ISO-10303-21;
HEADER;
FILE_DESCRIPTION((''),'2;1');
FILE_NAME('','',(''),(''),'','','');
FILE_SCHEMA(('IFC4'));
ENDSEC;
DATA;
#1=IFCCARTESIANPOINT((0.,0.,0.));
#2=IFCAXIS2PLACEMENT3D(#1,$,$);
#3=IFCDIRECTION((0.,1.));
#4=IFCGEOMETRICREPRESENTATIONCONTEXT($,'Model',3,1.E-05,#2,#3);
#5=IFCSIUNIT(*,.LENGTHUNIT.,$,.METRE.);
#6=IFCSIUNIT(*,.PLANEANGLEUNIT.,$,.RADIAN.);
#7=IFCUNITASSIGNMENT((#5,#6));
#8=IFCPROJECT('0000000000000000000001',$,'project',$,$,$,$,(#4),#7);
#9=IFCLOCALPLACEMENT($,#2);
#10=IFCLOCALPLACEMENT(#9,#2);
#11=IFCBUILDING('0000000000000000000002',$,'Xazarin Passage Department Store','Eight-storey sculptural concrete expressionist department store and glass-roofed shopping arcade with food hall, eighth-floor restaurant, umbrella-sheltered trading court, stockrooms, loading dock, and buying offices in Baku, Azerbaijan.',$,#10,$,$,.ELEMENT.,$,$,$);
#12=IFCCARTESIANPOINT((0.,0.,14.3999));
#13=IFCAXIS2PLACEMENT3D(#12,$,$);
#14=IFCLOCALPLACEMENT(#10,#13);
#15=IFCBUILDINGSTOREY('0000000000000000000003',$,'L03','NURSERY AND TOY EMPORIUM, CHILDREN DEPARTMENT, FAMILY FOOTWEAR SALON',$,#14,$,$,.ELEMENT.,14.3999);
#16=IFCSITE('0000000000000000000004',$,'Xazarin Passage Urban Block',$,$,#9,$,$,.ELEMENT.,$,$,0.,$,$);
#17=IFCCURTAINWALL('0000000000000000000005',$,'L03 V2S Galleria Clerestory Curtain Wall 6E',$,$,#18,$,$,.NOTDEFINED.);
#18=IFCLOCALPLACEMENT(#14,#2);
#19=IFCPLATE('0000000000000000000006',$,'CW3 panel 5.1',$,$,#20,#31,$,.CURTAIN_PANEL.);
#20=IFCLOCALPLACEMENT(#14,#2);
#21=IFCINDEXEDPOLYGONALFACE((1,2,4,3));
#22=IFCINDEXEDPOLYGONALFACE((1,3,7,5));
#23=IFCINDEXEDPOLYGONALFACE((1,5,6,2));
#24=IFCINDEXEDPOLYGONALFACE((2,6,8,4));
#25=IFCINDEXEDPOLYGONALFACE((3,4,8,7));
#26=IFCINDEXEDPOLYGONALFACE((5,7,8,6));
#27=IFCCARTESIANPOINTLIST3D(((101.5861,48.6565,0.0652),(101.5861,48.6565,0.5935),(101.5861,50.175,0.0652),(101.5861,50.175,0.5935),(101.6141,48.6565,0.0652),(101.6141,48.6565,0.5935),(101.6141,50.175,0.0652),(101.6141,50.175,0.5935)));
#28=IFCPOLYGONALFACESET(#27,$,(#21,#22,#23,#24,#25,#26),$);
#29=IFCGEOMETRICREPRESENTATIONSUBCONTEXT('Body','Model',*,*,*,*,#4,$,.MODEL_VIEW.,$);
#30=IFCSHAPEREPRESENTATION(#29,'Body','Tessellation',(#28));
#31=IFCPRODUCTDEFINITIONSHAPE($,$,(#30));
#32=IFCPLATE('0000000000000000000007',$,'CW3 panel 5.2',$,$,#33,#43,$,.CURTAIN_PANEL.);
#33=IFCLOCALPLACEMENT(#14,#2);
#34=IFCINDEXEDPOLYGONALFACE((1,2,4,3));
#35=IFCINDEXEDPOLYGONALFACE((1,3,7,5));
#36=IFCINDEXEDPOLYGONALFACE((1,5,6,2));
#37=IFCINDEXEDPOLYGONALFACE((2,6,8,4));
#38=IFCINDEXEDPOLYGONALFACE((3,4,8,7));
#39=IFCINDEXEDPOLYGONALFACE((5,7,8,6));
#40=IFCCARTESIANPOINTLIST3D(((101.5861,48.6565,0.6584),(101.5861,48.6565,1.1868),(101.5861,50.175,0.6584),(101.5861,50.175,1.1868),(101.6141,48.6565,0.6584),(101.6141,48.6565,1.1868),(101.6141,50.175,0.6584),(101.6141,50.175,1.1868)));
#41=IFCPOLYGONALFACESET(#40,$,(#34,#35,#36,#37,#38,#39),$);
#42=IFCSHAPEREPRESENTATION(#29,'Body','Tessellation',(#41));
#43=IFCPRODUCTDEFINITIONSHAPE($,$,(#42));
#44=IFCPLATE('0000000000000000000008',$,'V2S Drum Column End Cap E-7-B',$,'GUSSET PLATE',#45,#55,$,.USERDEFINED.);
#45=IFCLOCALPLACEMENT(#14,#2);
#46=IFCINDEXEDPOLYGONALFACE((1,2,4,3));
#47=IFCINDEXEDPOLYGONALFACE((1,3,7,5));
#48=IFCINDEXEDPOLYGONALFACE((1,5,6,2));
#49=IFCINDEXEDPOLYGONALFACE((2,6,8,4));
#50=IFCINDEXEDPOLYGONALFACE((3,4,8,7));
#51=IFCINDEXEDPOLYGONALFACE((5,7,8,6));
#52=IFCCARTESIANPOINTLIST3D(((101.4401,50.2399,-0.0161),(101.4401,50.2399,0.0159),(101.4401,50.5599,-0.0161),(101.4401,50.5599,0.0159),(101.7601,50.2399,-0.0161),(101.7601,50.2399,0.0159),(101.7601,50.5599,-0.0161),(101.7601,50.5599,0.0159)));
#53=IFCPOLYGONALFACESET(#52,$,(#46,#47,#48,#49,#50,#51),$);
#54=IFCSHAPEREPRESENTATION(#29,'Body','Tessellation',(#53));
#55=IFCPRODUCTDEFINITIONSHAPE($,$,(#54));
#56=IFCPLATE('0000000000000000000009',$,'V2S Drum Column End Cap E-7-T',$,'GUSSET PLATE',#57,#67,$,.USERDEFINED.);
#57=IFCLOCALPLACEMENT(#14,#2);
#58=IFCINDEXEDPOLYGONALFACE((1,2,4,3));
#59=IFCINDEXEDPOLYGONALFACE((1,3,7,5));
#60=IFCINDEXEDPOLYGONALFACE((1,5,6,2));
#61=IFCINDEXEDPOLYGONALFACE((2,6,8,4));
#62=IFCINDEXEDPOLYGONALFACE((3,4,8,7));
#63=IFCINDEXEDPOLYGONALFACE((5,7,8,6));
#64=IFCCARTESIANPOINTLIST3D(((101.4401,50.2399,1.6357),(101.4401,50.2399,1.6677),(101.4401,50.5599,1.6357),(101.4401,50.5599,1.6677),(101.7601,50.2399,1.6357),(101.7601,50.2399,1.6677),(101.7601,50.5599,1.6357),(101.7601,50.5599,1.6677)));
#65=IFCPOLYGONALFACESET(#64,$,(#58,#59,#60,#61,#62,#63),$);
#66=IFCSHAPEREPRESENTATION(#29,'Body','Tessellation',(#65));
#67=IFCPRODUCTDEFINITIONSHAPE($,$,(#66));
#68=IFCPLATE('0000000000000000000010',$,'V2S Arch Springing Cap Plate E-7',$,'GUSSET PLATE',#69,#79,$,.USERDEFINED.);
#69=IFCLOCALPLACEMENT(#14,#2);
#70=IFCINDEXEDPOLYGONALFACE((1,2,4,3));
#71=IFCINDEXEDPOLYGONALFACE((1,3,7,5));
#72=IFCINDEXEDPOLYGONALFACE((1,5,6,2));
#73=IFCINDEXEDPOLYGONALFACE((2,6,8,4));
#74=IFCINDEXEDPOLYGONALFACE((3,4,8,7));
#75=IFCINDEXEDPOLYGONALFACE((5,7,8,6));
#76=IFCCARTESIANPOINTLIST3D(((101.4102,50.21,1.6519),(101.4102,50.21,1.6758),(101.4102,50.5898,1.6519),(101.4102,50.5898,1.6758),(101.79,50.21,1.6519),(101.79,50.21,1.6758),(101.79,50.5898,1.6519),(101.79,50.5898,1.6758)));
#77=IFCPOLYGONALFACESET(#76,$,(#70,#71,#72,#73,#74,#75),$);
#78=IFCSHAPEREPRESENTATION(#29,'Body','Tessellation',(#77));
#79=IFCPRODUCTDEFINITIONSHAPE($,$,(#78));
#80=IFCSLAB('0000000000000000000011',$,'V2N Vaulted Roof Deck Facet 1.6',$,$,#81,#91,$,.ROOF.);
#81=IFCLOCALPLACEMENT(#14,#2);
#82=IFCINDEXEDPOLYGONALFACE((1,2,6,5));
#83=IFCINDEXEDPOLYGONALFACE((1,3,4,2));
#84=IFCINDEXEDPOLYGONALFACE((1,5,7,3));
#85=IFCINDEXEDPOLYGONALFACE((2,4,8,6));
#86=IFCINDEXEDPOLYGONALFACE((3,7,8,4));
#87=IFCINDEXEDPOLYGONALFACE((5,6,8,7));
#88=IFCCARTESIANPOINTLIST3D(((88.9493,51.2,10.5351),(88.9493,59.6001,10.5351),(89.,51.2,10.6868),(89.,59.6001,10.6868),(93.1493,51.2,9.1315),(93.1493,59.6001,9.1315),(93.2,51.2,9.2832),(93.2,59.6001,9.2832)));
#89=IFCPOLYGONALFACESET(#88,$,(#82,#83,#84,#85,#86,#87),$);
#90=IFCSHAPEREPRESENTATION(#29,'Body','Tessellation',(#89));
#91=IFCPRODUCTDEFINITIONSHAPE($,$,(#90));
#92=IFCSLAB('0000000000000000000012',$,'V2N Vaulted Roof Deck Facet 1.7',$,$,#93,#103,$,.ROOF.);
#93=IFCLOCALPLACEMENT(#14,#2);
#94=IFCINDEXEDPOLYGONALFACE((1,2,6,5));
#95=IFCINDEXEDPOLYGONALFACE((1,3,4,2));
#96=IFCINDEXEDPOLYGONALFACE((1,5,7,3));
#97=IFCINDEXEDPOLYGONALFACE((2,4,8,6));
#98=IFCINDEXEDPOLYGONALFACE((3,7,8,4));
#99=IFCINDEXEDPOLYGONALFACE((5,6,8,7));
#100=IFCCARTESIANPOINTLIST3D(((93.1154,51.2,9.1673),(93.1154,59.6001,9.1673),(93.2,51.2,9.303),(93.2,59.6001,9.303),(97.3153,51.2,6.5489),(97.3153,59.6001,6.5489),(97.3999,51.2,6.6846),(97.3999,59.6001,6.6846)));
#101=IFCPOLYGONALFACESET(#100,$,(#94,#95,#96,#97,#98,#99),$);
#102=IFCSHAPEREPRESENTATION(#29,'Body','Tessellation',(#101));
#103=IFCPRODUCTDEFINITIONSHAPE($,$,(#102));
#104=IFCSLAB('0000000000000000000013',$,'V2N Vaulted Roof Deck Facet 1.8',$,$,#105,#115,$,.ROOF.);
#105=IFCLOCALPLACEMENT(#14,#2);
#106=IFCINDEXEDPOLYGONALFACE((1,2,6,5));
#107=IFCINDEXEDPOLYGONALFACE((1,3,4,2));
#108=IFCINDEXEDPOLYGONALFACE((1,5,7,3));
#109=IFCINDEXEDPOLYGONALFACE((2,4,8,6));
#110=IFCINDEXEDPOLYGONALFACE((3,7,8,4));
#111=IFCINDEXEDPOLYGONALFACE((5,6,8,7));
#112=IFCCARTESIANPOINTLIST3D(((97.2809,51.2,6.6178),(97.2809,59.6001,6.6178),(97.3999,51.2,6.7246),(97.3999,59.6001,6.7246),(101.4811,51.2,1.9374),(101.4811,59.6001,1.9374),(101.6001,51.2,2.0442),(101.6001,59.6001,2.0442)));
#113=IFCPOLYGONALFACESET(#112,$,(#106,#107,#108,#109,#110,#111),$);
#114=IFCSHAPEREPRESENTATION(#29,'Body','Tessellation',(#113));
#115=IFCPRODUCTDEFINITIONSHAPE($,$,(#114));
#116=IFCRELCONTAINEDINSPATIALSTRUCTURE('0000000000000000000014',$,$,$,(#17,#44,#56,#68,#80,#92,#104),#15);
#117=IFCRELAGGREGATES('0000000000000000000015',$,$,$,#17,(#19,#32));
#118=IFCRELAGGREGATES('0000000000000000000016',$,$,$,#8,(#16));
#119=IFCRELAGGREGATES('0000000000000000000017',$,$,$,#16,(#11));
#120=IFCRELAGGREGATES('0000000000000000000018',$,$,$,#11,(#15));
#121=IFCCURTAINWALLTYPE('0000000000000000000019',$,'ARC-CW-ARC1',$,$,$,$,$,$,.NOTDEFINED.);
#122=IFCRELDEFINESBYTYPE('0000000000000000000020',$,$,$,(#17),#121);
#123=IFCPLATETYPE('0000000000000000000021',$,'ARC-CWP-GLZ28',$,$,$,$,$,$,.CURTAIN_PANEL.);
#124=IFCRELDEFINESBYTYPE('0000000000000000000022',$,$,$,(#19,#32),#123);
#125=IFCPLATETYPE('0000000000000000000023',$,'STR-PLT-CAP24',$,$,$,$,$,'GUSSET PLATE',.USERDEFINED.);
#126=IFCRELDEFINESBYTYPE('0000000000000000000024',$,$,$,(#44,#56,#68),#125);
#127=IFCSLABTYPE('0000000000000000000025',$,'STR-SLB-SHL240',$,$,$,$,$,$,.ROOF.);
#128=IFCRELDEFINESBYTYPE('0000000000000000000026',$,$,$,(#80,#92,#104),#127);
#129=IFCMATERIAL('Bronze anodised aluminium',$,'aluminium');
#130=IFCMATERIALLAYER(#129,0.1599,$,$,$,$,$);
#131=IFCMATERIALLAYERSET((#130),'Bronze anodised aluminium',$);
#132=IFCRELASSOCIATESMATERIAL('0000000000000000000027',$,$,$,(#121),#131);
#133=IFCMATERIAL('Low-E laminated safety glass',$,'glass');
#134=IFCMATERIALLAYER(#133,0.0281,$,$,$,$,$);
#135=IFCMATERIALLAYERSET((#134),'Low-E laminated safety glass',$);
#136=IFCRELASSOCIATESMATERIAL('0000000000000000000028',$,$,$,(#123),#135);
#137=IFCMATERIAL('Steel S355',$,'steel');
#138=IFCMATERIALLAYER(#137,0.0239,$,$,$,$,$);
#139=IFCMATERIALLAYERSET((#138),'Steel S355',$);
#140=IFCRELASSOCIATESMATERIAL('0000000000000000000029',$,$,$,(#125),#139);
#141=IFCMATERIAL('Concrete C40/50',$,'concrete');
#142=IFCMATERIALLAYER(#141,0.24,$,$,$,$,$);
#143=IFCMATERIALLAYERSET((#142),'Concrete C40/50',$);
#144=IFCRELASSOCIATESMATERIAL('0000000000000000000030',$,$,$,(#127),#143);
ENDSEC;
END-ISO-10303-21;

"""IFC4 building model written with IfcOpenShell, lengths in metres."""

from ifc_helpers import new_model, si_unit, direction, frame, origin, origin_2d, place, context, subcontext, project, spatial, polyline, rectangle, outline, extrude, material, layer, layer_set, type_object, element, aggregate, save


model = new_model("IFC4")

# Units and contexts
model_context = context("Model", 3, precision=1e-05, world=origin(), true_north=direction((0.0, 1.0)))
body_context = subcontext(model_context, "Body", "Model", "MODEL_VIEW")
ifc_project = project(units=[si_unit("LENGTHUNIT", "METRE"), si_unit("PLANEANGLEUNIT", "RADIAN")], contexts=[model_context])

# Site, building, storey
site_placement = place(None, origin())
site = spatial("IfcSite", under=ifc_project, at=site_placement, Name="Xazarin Passage Urban Block", CompositionType="ELEMENT", RefElevation=0.0)
building_placement = place(site_placement, origin())
building = spatial("IfcBuilding", under=site, at=building_placement, Name="Xazarin Passage Department Store", Description="Eight-storey sculptural concrete expressionist department store and glass-roofed shopping arcade with food hall, eighth-floor restaurant, umbrella-sheltered trading court, stockrooms, loading dock, and buying offices in Baku, Azerbaijan.", CompositionType="ELEMENT")
storey_placement = place(building_placement, frame((0.0, 0.0, 14.3999)))
storey = spatial("IfcBuildingStorey", under=building, at=storey_placement, Name="L03", Description="NURSERY AND TOY EMPORIUM, CHILDREN DEPARTMENT, FAMILY FOOTWEAR SALON", CompositionType="ELEMENT", Elevation=14.3999)

# Shared definitions
ifc_material_1 = material(Name="Steel S355", Category="steel")

# Curtain wall
ifc_material_2 = material(Name="Bronze anodised aluminium", Category="aluminium")
ifc_layer_1 = layer(ifc_material_2, 0.1599)
ifc_layer_set_1 = layer_set([ifc_layer_1], Name="Bronze anodised aluminium")
curtain_wall_type = type_object("IfcCurtainWallType", Name="ARC-CW-ARC1", PredefinedType="NOTDEFINED", material=ifc_layer_set_1)
curtain_wall_placement = place(storey_placement, origin())
curtain_wall = element("IfcCurtainWall", 1, at=curtain_wall_placement, inside=storey, type_object=curtain_wall_type, Name="L03 V2S Galleria Clerestory Curtain Wall 6E", PredefinedType="NOTDEFINED")

# Plates
ifc_material_3 = material(Name="Low-E laminated safety glass", Category="glass")
ifc_layer_2 = layer(ifc_material_3, 0.0281)
ifc_layer_set_2 = layer_set([ifc_layer_2], Name="Low-E laminated safety glass")
plate_type_1 = type_object("IfcPlateType", Name="ARC-CWP-GLZ28", PredefinedType="CURTAIN_PANEL", material=ifc_layer_set_2)
plate_1_placement = place(storey_placement, frame((101.6001, 49.4158, 0.0652), z_axis=(0.0, 0.0, 1.0), x_axis=(0.0, 1.0, 0.0)))
plate_1 = element("IfcPlate", 2, at=plate_1_placement, type_object=plate_type_1, Name="CW3 panel 5.1", PredefinedType="CURTAIN_PANEL", context=body_context, shape_type="SweptSolid", body=[
    extrude(rectangle(XDim=1.5186, YDim=0.0281, at=origin_2d()), origin(), (0.0, 0.0, 1.0), 0.5283),
])
plate_2_placement = place(storey_placement, frame((101.6001, 49.4158, 0.6584), z_axis=(0.0, 0.0, 1.0), x_axis=(0.0, 1.0, 0.0)))
plate_2 = element("IfcPlate", 3, at=plate_2_placement, type_object=plate_type_1, Name="CW3 panel 5.2", PredefinedType="CURTAIN_PANEL", context=body_context, shape_type="SweptSolid", body=[
    extrude(rectangle(XDim=1.5186, YDim=0.0281, at=origin_2d()), origin(), (0.0, 0.0, 1.0), 0.5283),
])
aggregate(curtain_wall, [plate_1, plate_2])

# Plates
ifc_layer_3 = layer(ifc_material_1, 0.0239)
ifc_layer_set_3 = layer_set([ifc_layer_3], Name="Steel S355")
plate_type_2 = type_object("IfcPlateType", Name="STR-PLT-CAP24", ElementType="GUSSET PLATE", PredefinedType="USERDEFINED", material=ifc_layer_set_3)
for number, where, z_axis, x_axis, name in (
    (4, (101.6001, 50.3999, -0.0161), (0.0, 0.0, 1.0), (1.0, 0.0, 0.0), "V2S Drum Column End Cap E-7-B"),
    (5, (101.6001, 50.3999, 1.6357), (0.0, 0.0, 1.0), (1.0, 0.0, 0.0), "V2S Drum Column End Cap E-7-T"),
):
    element("IfcPlate", number, at=place(storey_placement, frame(where, z_axis=z_axis, x_axis=x_axis)), inside=storey, type_object=plate_type_2, Name=name, ObjectType="GUSSET PLATE", PredefinedType="USERDEFINED", context=body_context, shape_type="SweptSolid", body=[
        extrude(rectangle(XDim=0.3201, YDim=0.3201, at=origin_2d()), origin(), (0.0, 0.0, 1.0), 0.032),
    ])
plate_3_placement = place(storey_placement, frame((101.6001, 50.3999, 1.6519), z_axis=(0.0, 0.0, 1.0), x_axis=(1.0, 0.0, 0.0)))
element("IfcPlate", 6, at=plate_3_placement, inside=storey, type_object=plate_type_2, Name="V2S Arch Springing Cap Plate E-7", ObjectType="GUSSET PLATE", PredefinedType="USERDEFINED", context=body_context, shape_type="SweptSolid", body=[
    extrude(rectangle(XDim=0.3799, YDim=0.3799, at=origin_2d()), origin(), (0.0, 0.0, 1.0), 0.0239),
])

# Slabs
ifc_material_4 = material(Name="Concrete C40/50", Category="concrete")
ifc_layer_4 = layer(ifc_material_4, 0.24)
ifc_layer_set_4 = layer_set([ifc_layer_4], Name="Concrete C40/50")
slab_type = type_object("IfcSlabType", Name="STR-SLB-SHL240", PredefinedType="ROOF", material=ifc_layer_set_4)
slab_1_placement = place(storey_placement, frame((89.0, 51.2, 10.6868), z_axis=(0.316955, 0.0, 0.94844), x_axis=(0.94844, 0.0, -0.316955)))
element("IfcSlab", 7, at=slab_1_placement, inside=storey, type_object=slab_type, Name="V2N Vaulted Roof Deck Facet 1.6", PredefinedType="ROOF", context=body_context, shape_type="SweptSolid", body=[
    extrude(outline(polyline([(0.0, 0.0), (4.4283, 0.0), (4.4283, 8.4001), (0.0, 8.4001), (0.0, 0.0)])), origin(), (0.0, 0.0, -1.0), 0.1599),
])
slab_2_placement = place(storey_placement, frame((93.2, 51.2, 9.303), z_axis=(0.529045, 0.0, 0.848594), x_axis=(0.848594, 0.0, -0.529045)))
element("IfcSlab", 8, at=slab_2_placement, inside=storey, type_object=slab_type, Name="V2N Vaulted Roof Deck Facet 1.7", PredefinedType="ROOF", context=body_context, shape_type="SweptSolid", body=[
    extrude(outline(polyline([(0.0, 0.0), (4.9493, 0.0), (4.9493, 8.4001), (0.0, 8.4001), (0.0, 0.0)])), origin(), (0.0, 0.0, -1.0), 0.1599),
])
slab_3_placement = place(storey_placement, frame((97.3999, 51.2, 6.7246), z_axis=(0.744257, 0.0, 0.667894), x_axis=(0.667894, 0.0, -0.744257)))
element("IfcSlab", 9, at=slab_3_placement, inside=storey, type_object=slab_type, Name="V2N Vaulted Roof Deck Facet 1.8", PredefinedType="ROOF", context=body_context, shape_type="SweptSolid", body=[
    extrude(outline(polyline([(0.0, 0.0), (6.2887, 0.0), (6.2887, 8.4001), (0.0, 8.4001), (0.0, 0.0)])), origin(), (0.0, 0.0, -1.0), 0.1599),
])

save(model, "model.ifc")
